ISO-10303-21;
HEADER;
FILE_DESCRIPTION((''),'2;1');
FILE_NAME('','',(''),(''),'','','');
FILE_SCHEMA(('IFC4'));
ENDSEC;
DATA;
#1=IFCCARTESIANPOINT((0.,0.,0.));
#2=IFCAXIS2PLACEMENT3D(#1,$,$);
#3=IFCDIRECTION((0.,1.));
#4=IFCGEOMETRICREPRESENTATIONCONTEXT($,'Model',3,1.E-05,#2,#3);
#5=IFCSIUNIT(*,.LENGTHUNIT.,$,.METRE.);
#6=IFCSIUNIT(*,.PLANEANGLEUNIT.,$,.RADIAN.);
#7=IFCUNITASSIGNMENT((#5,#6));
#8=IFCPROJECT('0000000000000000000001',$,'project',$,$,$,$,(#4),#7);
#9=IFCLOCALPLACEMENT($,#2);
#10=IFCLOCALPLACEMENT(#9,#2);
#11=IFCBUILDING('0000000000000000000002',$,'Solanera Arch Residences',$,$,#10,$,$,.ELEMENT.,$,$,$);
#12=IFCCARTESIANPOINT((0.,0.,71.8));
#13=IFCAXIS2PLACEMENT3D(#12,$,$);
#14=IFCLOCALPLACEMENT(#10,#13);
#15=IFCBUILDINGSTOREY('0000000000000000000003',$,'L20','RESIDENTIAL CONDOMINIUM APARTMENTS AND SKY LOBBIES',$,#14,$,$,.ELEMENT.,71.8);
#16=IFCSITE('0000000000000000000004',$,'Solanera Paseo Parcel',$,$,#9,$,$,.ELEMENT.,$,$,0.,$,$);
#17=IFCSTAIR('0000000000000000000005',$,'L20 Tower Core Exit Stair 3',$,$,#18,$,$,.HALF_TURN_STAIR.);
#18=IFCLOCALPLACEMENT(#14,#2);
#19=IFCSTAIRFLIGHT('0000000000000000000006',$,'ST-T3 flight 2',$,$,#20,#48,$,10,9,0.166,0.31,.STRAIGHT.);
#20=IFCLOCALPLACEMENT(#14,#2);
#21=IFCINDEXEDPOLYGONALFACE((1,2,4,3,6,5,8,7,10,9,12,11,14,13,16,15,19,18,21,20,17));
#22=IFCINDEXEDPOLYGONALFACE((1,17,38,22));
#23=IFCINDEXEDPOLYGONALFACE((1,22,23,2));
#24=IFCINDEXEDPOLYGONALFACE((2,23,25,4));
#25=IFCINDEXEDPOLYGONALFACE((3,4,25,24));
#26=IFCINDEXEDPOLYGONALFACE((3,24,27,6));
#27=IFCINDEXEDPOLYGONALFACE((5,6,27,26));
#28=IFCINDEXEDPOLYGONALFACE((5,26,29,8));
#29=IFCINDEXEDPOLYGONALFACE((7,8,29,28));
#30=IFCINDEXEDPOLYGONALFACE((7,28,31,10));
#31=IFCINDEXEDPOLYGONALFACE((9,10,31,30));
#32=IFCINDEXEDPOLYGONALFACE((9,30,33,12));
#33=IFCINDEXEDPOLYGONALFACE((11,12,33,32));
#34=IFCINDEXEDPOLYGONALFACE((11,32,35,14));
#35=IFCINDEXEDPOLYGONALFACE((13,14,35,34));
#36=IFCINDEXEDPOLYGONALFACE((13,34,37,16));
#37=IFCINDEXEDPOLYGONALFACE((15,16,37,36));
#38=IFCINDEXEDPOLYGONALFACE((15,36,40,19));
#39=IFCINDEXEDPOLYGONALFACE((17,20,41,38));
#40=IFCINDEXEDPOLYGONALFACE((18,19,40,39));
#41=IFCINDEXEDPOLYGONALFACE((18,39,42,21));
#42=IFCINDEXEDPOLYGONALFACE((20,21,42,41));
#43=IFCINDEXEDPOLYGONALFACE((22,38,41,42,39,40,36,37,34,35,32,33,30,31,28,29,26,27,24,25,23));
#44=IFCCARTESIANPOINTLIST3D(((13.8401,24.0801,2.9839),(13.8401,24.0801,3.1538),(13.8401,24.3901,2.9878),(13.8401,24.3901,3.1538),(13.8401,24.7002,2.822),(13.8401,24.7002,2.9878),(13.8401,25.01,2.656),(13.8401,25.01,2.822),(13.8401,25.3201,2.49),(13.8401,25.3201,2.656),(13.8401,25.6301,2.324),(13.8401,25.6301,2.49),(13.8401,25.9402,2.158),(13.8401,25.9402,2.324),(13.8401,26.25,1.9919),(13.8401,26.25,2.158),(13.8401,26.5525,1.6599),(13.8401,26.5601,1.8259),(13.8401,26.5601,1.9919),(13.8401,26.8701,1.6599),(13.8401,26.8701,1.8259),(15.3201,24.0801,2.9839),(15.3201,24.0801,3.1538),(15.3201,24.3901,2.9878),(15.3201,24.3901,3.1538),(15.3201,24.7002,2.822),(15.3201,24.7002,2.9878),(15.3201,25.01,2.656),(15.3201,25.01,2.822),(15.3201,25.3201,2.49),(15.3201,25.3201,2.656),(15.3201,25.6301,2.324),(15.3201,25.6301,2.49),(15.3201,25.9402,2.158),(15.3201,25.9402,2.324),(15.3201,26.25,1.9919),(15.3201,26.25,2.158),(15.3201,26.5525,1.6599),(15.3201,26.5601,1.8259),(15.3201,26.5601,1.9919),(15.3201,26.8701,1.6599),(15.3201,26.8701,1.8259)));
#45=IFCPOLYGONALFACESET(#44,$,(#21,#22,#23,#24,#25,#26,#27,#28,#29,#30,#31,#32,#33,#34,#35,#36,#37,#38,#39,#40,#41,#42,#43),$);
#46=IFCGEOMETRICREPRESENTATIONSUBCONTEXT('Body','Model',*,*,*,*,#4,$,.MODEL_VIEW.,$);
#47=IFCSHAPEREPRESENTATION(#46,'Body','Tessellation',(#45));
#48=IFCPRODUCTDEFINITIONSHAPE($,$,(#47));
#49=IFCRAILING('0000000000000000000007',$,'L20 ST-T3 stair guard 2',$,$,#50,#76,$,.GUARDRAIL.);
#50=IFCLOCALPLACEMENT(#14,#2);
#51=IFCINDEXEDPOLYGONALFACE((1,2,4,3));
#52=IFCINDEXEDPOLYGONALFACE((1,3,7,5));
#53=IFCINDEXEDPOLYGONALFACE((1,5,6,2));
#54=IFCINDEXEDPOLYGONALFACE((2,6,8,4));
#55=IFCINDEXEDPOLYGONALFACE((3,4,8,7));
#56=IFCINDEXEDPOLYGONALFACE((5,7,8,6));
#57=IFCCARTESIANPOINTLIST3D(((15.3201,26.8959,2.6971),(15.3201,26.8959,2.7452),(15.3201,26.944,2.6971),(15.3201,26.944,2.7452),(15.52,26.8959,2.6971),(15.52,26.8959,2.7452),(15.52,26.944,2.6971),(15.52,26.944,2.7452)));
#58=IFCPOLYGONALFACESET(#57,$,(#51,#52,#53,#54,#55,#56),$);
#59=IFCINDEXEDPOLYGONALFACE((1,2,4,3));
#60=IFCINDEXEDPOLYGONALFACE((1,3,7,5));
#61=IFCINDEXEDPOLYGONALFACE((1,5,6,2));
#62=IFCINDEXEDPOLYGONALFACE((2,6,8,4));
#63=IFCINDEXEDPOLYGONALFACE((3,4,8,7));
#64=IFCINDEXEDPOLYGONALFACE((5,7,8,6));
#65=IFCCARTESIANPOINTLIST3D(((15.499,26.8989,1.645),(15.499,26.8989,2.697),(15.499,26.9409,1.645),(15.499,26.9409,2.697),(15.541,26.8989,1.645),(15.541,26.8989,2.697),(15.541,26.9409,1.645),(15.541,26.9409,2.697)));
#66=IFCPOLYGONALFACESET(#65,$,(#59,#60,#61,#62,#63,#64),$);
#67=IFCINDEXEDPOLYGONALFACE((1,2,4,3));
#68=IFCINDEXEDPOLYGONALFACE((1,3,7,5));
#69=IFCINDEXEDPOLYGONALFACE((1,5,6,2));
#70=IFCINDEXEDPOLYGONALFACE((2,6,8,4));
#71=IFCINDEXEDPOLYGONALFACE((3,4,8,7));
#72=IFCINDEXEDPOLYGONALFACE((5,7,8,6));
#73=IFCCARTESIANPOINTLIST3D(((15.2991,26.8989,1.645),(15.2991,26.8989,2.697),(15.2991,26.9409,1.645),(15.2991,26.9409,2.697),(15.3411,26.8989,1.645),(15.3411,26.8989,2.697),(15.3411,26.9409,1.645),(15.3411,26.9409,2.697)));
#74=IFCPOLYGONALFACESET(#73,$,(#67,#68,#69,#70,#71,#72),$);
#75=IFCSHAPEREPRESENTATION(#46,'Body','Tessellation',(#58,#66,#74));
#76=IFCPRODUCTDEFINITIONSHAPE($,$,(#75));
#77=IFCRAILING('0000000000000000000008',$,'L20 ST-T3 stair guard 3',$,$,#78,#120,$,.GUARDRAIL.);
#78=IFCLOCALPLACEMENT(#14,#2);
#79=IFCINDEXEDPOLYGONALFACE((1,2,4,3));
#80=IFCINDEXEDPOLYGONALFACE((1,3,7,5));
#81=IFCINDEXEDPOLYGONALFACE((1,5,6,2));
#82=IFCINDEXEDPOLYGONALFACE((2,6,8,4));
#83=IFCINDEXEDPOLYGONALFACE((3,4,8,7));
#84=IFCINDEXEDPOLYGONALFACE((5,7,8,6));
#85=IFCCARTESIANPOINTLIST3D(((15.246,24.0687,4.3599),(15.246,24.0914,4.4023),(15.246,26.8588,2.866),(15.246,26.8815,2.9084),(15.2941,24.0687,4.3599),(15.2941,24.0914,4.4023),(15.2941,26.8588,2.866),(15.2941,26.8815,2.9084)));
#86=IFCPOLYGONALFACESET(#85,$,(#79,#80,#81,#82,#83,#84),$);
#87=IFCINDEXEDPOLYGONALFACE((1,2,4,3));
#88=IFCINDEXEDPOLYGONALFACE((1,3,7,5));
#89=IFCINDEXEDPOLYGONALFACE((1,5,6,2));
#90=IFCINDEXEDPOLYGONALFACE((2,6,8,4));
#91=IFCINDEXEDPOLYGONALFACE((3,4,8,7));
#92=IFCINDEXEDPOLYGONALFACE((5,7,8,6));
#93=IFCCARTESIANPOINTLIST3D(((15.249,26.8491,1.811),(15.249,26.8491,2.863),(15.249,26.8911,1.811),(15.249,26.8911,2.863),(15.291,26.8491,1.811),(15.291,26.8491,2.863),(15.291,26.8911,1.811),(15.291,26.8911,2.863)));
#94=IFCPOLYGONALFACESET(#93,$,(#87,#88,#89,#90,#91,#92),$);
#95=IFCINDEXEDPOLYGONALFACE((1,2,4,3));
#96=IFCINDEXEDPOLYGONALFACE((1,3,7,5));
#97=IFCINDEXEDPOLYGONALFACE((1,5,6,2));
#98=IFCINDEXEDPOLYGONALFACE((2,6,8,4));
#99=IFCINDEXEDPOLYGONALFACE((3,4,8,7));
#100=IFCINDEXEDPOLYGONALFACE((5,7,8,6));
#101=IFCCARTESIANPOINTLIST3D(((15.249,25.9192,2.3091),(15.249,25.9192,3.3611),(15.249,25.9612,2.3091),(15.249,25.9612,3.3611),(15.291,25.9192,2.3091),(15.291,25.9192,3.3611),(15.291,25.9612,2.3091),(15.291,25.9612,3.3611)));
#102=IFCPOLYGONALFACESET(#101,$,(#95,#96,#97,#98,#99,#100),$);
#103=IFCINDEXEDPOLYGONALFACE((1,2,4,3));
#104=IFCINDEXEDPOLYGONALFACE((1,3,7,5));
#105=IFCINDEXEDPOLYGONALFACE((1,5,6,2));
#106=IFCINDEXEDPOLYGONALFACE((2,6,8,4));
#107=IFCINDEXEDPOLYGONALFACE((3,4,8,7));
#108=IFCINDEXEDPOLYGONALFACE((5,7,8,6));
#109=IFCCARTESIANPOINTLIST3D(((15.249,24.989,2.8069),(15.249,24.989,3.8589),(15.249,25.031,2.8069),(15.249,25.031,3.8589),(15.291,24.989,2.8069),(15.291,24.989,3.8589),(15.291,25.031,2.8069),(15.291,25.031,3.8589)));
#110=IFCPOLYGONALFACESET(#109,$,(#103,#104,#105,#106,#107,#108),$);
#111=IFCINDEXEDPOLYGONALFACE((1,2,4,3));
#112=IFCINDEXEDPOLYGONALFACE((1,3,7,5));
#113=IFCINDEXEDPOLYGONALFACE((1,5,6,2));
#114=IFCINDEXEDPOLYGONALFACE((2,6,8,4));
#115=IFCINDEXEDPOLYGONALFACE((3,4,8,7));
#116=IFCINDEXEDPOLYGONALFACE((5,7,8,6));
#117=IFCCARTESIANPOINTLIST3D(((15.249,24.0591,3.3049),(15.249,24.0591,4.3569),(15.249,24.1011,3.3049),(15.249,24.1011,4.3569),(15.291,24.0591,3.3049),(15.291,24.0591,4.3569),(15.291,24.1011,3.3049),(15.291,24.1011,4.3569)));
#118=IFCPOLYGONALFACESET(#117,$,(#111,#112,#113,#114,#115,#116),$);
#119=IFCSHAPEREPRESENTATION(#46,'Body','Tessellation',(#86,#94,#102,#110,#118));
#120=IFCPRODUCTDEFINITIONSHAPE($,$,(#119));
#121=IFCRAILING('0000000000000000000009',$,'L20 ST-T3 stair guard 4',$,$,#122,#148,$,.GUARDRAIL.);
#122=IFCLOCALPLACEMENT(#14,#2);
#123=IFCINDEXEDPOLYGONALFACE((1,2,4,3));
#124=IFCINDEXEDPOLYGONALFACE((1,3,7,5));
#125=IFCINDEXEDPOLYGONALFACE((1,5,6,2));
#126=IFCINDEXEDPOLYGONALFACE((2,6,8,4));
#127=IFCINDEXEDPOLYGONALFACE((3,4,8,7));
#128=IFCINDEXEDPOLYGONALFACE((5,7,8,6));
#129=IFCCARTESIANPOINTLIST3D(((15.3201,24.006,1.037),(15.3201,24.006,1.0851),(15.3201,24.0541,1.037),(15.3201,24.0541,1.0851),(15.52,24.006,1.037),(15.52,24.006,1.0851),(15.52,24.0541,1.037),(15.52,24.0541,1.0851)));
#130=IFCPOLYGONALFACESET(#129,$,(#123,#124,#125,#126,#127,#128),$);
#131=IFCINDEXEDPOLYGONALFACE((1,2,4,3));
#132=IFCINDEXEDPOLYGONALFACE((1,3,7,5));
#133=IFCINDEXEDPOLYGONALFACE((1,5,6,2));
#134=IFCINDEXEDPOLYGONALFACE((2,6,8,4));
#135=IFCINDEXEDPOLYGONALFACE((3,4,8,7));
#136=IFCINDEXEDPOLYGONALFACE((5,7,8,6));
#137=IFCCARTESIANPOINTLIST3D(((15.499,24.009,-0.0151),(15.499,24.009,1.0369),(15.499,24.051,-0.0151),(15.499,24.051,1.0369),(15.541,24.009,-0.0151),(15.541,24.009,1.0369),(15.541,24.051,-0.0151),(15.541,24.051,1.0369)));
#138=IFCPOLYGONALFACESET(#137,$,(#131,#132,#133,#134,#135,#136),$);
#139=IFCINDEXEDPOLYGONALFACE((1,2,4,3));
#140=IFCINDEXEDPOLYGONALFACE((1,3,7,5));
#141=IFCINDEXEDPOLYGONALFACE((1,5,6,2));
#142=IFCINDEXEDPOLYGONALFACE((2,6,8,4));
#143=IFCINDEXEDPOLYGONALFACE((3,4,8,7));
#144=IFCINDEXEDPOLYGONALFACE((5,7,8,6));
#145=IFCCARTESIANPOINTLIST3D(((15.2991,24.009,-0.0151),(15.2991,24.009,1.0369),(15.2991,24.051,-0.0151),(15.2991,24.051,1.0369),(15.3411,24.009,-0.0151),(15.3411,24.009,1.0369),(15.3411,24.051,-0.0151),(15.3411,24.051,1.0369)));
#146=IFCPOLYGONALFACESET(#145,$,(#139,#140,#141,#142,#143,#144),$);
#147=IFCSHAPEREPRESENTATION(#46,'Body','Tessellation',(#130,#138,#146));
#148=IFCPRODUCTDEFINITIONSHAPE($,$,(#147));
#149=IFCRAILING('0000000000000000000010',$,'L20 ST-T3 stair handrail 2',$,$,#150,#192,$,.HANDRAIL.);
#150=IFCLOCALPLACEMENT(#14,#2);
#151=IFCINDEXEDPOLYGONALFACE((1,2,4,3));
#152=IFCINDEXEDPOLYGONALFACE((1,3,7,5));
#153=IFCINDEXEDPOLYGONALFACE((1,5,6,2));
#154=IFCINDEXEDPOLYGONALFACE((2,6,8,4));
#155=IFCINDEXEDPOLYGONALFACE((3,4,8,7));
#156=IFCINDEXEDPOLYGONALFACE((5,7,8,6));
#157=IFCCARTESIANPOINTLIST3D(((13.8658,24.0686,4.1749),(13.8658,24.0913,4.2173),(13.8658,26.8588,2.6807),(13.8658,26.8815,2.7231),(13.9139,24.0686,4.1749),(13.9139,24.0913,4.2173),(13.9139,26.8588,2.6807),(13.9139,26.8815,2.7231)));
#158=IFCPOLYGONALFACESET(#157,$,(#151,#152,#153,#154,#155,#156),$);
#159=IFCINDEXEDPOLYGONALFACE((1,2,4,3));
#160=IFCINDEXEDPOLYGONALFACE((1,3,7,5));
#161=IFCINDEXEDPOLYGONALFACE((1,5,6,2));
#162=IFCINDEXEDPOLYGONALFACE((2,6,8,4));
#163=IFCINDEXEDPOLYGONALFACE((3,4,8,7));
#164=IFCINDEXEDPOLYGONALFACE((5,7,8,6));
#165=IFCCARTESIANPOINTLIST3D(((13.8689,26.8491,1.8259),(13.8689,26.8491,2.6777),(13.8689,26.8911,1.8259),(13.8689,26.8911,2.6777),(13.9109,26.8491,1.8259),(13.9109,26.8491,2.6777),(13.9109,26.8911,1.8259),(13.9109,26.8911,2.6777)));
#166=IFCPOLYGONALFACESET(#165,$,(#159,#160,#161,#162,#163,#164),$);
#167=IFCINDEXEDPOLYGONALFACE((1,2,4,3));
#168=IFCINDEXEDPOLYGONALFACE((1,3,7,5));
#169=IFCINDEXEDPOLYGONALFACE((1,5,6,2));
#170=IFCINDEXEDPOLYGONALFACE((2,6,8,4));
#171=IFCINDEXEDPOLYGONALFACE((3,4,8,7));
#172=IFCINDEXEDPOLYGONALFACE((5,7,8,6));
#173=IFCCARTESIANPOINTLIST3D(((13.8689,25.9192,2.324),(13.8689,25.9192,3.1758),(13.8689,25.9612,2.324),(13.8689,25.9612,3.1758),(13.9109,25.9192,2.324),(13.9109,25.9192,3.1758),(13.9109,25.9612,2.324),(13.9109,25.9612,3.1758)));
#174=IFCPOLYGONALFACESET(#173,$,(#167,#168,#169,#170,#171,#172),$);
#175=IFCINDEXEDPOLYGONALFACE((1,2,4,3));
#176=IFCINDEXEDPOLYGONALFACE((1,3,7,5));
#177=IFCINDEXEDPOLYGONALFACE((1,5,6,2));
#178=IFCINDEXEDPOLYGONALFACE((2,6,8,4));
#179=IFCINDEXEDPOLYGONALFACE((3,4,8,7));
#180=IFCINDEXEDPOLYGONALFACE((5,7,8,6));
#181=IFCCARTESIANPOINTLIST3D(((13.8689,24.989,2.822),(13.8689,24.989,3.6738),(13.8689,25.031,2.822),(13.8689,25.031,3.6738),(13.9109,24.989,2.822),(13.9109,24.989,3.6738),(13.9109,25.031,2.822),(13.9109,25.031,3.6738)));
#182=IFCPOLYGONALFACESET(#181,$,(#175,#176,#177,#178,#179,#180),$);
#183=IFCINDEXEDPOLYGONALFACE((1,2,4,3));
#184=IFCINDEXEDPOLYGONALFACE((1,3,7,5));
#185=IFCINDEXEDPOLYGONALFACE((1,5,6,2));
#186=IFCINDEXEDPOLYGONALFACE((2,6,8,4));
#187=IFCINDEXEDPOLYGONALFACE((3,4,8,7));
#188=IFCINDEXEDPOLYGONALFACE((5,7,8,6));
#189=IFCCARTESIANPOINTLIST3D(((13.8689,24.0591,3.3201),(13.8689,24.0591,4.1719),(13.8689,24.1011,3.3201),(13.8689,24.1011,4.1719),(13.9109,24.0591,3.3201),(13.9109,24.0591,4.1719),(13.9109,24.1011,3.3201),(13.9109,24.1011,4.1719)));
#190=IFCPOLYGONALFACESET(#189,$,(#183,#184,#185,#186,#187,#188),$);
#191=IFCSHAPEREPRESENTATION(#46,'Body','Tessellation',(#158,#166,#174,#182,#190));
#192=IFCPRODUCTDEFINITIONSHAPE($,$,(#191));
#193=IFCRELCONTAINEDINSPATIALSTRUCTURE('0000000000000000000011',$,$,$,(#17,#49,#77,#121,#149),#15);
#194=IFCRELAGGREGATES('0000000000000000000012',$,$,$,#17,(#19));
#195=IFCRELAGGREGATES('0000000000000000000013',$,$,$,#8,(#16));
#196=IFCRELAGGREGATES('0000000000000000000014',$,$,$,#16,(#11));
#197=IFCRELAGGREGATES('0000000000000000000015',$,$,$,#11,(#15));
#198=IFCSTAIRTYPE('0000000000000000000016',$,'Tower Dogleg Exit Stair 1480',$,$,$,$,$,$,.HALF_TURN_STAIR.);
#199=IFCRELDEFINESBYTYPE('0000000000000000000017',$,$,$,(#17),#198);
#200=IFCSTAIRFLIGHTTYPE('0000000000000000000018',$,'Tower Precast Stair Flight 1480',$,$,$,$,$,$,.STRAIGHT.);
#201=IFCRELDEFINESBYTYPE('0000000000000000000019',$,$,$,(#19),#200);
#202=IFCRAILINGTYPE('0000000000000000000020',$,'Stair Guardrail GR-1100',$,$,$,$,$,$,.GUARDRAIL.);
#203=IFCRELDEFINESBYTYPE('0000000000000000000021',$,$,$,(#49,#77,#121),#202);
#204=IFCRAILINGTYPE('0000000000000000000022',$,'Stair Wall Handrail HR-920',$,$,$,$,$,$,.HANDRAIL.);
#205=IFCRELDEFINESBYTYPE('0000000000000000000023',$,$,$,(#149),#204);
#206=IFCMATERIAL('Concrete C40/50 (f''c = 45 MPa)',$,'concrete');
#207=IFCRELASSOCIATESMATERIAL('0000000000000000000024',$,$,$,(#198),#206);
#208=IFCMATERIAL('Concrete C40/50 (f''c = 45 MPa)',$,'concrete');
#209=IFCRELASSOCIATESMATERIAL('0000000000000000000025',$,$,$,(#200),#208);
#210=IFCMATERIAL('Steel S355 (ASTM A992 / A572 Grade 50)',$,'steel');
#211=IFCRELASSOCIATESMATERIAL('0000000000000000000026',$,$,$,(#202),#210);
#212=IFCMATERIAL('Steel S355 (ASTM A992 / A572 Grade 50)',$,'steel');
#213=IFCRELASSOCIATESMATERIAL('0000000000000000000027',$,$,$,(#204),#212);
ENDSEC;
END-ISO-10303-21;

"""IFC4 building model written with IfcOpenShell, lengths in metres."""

from ifc_helpers import new_model, si_unit, direction, frame, origin, origin_2d, place, context, subcontext, project, spatial, polyline, rectangle, outline, extrude, material, type_object, element, aggregate, save


model = new_model("IFC4")

# Units and contexts
model_context = context("Model", 3, precision=1e-05, world=origin(), true_north=direction((0.0, 1.0)))
body_context = subcontext(model_context, "Body", "Model", "MODEL_VIEW")
ifc_project = project(units=[si_unit("LENGTHUNIT", "METRE"), si_unit("PLANEANGLEUNIT", "RADIAN")], contexts=[model_context])

# Site, building, storey
site_placement = place(None, origin())
site = spatial("IfcSite", under=ifc_project, at=site_placement, Name="Solanera Paseo Parcel", CompositionType="ELEMENT", RefElevation=0.0)
building_placement = place(site_placement, origin())
building = spatial("IfcBuilding", under=site, at=building_placement, Name="Solanera Arch Residences", CompositionType="ELEMENT")
storey_placement = place(building_placement, frame((0.0, 0.0, 71.8)))
storey = spatial("IfcBuildingStorey", under=building, at=storey_placement, Name="L20", Description="RESIDENTIAL CONDOMINIUM APARTMENTS AND SKY LOBBIES", CompositionType="ELEMENT", Elevation=71.8)

# Stair, stair flight
ifc_material_1 = material(Name="Concrete C40/50 (f'c = 45 MPa)", Category="concrete")
stair_type = type_object("IfcStairType", Name="Tower Dogleg Exit Stair 1480", PredefinedType="HALF_TURN_STAIR", material=ifc_material_1)
stair_placement = place(storey_placement, origin())
stair = element("IfcStair", 1, at=stair_placement, inside=storey, type_object=stair_type, Name="L20 Tower Core Exit Stair 3", PredefinedType="HALF_TURN_STAIR")
ifc_material_2 = material(Name="Concrete C40/50 (f'c = 45 MPa)", Category="concrete")
stair_flight_type = type_object("IfcStairFlightType", Name="Tower Precast Stair Flight 1480", PredefinedType="STRAIGHT", material=ifc_material_2)
stair_flight_placement = place(storey_placement, frame((14.5801, 26.8701, 1.6599), z_axis=(0.0, 0.0, 1.0), x_axis=(0.0, -1.0, 0.0)))
stair_flight = element("IfcStairFlight", 2, at=stair_flight_placement, type_object=stair_flight_type, Name="ST-T3 flight 2", NumberOfRisers=10, NumberOfTreads=9, PredefinedType="STRAIGHT", RiserHeight=0.166, TreadLength=0.31, context=body_context, shape_type="SweptSolid", body=[
    extrude(outline(polyline([(0.0, 0.0), (0.0, 0.166), (0.3101, 0.166), (0.3101, 0.332), (0.6201, 0.332), (0.6201, 0.498), (0.9299, 0.498), (0.9299, 0.6641), (1.24, 0.6641), (1.24, 0.8301), (1.55, 0.8301), (1.55, 0.9961), (1.8601, 0.9961), (1.8601, 1.1621), (2.1699, 1.1621), (2.1699, 1.3279), (2.48, 1.3279), (2.48, 1.4939), (2.79, 1.4939), (2.79, 1.6599), (2.79, 1.324), (0.3176, 0.0), (0.0, 0.0)])), frame((0.0, 0.74, 0.0), z_axis=(0.0, -1.0, 0.0), x_axis=(1.0, 0.0, 0.0)), (0.0, 0.0, 1.0), 1.48),
])
aggregate(stair, [stair_flight])

# Railings
ifc_material_3 = material(Name="Steel S355 (ASTM A992 / A572 Grade 50)", Category="steel")
railing_type_1 = type_object("IfcRailingType", Name="Stair Guardrail GR-1100", PredefinedType="GUARDRAIL", material=ifc_material_3)
railing_1_placement = place(storey_placement, frame((15.52, 26.9199, 1.645)))
element("IfcRailing", 3, at=railing_1_placement, inside=storey, type_object=railing_type_1, Name="L20 ST-T3 stair guard 2", PredefinedType="GUARDRAIL", context=body_context, shape_type="SweptSolid", body=[
    extrude(rectangle(XDim=0.0481, YDim=0.0481, at=origin_2d()), frame((0.0, 0.0, 1.0762), z_axis=(-1.0, 0.0, 0.0), x_axis=(0.0, -1.0, 0.0)), (0.0, 0.0, 1.0), 0.2),
    extrude(rectangle(XDim=0.042, YDim=0.042, at=origin_2d()), origin(), (0.0, 0.0, 1.0), 1.052),
    extrude(rectangle(XDim=0.042, YDim=0.042, at=origin_2d()), frame((-0.2, 0.0, 0.0)), (0.0, 0.0, 1.0), 1.052),
])
railing_2_placement = place(storey_placement, frame((15.27, 26.8701, 1.811)))
element("IfcRailing", 4, at=railing_2_placement, inside=storey, type_object=railing_type_1, Name="L20 ST-T3 stair guard 3", PredefinedType="GUARDRAIL", context=body_context, shape_type="SweptSolid", body=[
    extrude(rectangle(XDim=0.0481, YDim=0.0481, at=origin_2d()), frame((0.0, 0.0, 1.0762), z_axis=(0.0, -0.881581, 0.472033), x_axis=(1.0, 0.0, 0.0)), (0.0, 0.0, 1.0), 3.1648),
    extrude(rectangle(XDim=0.042, YDim=0.042, at=origin_2d()), origin(), (0.0, 0.0, 1.0), 1.052),
    extrude(rectangle(XDim=0.042, YDim=0.042, at=origin_2d()), frame((0.0, -0.9299, 0.498)), (0.0, 0.0, 1.0), 1.052),
    extrude(rectangle(XDim=0.042, YDim=0.042, at=origin_2d()), frame((0.0, -1.8601, 0.9958)), (0.0, 0.0, 1.0), 1.052),
    extrude(rectangle(XDim=0.042, YDim=0.042, at=origin_2d()), frame((0.0, -2.79, 1.4939)), (0.0, 0.0, 1.0), 1.052),
])
railing_3_placement = place(storey_placement, frame((15.52, 24.03, -0.0151)))
element("IfcRailing", 5, at=railing_3_placement, inside=storey, type_object=railing_type_1, Name="L20 ST-T3 stair guard 4", PredefinedType="GUARDRAIL", context=body_context, shape_type="SweptSolid", body=[
    extrude(rectangle(XDim=0.0481, YDim=0.0481, at=origin_2d()), frame((0.0, 0.0, 1.0762), z_axis=(-1.0, 0.0, 0.0), x_axis=(0.0, -1.0, 0.0)), (0.0, 0.0, 1.0), 0.2),
    extrude(rectangle(XDim=0.042, YDim=0.042, at=origin_2d()), origin(), (0.0, 0.0, 1.0), 1.052),
    extrude(rectangle(XDim=0.042, YDim=0.042, at=origin_2d()), frame((-0.2, 0.0, 0.0)), (0.0, 0.0, 1.0), 1.052),
])
ifc_material_4 = material(Name="Steel S355 (ASTM A992 / A572 Grade 50)", Category="steel")
railing_type_2 = type_object("IfcRailingType", Name="Stair Wall Handrail HR-920", PredefinedType="HANDRAIL", material=ifc_material_4)
railing_4_placement = place(storey_placement, frame((13.8899, 26.8701, 1.8259)))
element("IfcRailing", 6, at=railing_4_placement, inside=storey, type_object=railing_type_2, Name="L20 ST-T3 stair handrail 2", PredefinedType="HANDRAIL", context=body_context, shape_type="SweptSolid", body=[
    extrude(rectangle(XDim=0.0481, YDim=0.0481, at=origin_2d()), frame((0.0, 0.0, 0.876), z_axis=(0.0, -0.881549, 0.472093), x_axis=(1.0, 0.0, 0.0)), (0.0, 0.0, 1.0), 3.165),
    extrude(rectangle(XDim=0.042, YDim=0.042, at=origin_2d()), origin(), (0.0, 0.0, 1.0), 0.8518),
    extrude(rectangle(XDim=0.042, YDim=0.042, at=origin_2d()), frame((0.0, -0.9299, 0.498)), (0.0, 0.0, 1.0), 0.8518),
    extrude(rectangle(XDim=0.042, YDim=0.042, at=origin_2d()), frame((0.0, -1.8601, 0.9961)), (0.0, 0.0, 1.0), 0.8518),
    extrude(rectangle(XDim=0.042, YDim=0.042, at=origin_2d()), frame((0.0, -2.79, 1.4941)), (0.0, 0.0, 1.0), 0.8518),
])

save(model, "model.ifc")
